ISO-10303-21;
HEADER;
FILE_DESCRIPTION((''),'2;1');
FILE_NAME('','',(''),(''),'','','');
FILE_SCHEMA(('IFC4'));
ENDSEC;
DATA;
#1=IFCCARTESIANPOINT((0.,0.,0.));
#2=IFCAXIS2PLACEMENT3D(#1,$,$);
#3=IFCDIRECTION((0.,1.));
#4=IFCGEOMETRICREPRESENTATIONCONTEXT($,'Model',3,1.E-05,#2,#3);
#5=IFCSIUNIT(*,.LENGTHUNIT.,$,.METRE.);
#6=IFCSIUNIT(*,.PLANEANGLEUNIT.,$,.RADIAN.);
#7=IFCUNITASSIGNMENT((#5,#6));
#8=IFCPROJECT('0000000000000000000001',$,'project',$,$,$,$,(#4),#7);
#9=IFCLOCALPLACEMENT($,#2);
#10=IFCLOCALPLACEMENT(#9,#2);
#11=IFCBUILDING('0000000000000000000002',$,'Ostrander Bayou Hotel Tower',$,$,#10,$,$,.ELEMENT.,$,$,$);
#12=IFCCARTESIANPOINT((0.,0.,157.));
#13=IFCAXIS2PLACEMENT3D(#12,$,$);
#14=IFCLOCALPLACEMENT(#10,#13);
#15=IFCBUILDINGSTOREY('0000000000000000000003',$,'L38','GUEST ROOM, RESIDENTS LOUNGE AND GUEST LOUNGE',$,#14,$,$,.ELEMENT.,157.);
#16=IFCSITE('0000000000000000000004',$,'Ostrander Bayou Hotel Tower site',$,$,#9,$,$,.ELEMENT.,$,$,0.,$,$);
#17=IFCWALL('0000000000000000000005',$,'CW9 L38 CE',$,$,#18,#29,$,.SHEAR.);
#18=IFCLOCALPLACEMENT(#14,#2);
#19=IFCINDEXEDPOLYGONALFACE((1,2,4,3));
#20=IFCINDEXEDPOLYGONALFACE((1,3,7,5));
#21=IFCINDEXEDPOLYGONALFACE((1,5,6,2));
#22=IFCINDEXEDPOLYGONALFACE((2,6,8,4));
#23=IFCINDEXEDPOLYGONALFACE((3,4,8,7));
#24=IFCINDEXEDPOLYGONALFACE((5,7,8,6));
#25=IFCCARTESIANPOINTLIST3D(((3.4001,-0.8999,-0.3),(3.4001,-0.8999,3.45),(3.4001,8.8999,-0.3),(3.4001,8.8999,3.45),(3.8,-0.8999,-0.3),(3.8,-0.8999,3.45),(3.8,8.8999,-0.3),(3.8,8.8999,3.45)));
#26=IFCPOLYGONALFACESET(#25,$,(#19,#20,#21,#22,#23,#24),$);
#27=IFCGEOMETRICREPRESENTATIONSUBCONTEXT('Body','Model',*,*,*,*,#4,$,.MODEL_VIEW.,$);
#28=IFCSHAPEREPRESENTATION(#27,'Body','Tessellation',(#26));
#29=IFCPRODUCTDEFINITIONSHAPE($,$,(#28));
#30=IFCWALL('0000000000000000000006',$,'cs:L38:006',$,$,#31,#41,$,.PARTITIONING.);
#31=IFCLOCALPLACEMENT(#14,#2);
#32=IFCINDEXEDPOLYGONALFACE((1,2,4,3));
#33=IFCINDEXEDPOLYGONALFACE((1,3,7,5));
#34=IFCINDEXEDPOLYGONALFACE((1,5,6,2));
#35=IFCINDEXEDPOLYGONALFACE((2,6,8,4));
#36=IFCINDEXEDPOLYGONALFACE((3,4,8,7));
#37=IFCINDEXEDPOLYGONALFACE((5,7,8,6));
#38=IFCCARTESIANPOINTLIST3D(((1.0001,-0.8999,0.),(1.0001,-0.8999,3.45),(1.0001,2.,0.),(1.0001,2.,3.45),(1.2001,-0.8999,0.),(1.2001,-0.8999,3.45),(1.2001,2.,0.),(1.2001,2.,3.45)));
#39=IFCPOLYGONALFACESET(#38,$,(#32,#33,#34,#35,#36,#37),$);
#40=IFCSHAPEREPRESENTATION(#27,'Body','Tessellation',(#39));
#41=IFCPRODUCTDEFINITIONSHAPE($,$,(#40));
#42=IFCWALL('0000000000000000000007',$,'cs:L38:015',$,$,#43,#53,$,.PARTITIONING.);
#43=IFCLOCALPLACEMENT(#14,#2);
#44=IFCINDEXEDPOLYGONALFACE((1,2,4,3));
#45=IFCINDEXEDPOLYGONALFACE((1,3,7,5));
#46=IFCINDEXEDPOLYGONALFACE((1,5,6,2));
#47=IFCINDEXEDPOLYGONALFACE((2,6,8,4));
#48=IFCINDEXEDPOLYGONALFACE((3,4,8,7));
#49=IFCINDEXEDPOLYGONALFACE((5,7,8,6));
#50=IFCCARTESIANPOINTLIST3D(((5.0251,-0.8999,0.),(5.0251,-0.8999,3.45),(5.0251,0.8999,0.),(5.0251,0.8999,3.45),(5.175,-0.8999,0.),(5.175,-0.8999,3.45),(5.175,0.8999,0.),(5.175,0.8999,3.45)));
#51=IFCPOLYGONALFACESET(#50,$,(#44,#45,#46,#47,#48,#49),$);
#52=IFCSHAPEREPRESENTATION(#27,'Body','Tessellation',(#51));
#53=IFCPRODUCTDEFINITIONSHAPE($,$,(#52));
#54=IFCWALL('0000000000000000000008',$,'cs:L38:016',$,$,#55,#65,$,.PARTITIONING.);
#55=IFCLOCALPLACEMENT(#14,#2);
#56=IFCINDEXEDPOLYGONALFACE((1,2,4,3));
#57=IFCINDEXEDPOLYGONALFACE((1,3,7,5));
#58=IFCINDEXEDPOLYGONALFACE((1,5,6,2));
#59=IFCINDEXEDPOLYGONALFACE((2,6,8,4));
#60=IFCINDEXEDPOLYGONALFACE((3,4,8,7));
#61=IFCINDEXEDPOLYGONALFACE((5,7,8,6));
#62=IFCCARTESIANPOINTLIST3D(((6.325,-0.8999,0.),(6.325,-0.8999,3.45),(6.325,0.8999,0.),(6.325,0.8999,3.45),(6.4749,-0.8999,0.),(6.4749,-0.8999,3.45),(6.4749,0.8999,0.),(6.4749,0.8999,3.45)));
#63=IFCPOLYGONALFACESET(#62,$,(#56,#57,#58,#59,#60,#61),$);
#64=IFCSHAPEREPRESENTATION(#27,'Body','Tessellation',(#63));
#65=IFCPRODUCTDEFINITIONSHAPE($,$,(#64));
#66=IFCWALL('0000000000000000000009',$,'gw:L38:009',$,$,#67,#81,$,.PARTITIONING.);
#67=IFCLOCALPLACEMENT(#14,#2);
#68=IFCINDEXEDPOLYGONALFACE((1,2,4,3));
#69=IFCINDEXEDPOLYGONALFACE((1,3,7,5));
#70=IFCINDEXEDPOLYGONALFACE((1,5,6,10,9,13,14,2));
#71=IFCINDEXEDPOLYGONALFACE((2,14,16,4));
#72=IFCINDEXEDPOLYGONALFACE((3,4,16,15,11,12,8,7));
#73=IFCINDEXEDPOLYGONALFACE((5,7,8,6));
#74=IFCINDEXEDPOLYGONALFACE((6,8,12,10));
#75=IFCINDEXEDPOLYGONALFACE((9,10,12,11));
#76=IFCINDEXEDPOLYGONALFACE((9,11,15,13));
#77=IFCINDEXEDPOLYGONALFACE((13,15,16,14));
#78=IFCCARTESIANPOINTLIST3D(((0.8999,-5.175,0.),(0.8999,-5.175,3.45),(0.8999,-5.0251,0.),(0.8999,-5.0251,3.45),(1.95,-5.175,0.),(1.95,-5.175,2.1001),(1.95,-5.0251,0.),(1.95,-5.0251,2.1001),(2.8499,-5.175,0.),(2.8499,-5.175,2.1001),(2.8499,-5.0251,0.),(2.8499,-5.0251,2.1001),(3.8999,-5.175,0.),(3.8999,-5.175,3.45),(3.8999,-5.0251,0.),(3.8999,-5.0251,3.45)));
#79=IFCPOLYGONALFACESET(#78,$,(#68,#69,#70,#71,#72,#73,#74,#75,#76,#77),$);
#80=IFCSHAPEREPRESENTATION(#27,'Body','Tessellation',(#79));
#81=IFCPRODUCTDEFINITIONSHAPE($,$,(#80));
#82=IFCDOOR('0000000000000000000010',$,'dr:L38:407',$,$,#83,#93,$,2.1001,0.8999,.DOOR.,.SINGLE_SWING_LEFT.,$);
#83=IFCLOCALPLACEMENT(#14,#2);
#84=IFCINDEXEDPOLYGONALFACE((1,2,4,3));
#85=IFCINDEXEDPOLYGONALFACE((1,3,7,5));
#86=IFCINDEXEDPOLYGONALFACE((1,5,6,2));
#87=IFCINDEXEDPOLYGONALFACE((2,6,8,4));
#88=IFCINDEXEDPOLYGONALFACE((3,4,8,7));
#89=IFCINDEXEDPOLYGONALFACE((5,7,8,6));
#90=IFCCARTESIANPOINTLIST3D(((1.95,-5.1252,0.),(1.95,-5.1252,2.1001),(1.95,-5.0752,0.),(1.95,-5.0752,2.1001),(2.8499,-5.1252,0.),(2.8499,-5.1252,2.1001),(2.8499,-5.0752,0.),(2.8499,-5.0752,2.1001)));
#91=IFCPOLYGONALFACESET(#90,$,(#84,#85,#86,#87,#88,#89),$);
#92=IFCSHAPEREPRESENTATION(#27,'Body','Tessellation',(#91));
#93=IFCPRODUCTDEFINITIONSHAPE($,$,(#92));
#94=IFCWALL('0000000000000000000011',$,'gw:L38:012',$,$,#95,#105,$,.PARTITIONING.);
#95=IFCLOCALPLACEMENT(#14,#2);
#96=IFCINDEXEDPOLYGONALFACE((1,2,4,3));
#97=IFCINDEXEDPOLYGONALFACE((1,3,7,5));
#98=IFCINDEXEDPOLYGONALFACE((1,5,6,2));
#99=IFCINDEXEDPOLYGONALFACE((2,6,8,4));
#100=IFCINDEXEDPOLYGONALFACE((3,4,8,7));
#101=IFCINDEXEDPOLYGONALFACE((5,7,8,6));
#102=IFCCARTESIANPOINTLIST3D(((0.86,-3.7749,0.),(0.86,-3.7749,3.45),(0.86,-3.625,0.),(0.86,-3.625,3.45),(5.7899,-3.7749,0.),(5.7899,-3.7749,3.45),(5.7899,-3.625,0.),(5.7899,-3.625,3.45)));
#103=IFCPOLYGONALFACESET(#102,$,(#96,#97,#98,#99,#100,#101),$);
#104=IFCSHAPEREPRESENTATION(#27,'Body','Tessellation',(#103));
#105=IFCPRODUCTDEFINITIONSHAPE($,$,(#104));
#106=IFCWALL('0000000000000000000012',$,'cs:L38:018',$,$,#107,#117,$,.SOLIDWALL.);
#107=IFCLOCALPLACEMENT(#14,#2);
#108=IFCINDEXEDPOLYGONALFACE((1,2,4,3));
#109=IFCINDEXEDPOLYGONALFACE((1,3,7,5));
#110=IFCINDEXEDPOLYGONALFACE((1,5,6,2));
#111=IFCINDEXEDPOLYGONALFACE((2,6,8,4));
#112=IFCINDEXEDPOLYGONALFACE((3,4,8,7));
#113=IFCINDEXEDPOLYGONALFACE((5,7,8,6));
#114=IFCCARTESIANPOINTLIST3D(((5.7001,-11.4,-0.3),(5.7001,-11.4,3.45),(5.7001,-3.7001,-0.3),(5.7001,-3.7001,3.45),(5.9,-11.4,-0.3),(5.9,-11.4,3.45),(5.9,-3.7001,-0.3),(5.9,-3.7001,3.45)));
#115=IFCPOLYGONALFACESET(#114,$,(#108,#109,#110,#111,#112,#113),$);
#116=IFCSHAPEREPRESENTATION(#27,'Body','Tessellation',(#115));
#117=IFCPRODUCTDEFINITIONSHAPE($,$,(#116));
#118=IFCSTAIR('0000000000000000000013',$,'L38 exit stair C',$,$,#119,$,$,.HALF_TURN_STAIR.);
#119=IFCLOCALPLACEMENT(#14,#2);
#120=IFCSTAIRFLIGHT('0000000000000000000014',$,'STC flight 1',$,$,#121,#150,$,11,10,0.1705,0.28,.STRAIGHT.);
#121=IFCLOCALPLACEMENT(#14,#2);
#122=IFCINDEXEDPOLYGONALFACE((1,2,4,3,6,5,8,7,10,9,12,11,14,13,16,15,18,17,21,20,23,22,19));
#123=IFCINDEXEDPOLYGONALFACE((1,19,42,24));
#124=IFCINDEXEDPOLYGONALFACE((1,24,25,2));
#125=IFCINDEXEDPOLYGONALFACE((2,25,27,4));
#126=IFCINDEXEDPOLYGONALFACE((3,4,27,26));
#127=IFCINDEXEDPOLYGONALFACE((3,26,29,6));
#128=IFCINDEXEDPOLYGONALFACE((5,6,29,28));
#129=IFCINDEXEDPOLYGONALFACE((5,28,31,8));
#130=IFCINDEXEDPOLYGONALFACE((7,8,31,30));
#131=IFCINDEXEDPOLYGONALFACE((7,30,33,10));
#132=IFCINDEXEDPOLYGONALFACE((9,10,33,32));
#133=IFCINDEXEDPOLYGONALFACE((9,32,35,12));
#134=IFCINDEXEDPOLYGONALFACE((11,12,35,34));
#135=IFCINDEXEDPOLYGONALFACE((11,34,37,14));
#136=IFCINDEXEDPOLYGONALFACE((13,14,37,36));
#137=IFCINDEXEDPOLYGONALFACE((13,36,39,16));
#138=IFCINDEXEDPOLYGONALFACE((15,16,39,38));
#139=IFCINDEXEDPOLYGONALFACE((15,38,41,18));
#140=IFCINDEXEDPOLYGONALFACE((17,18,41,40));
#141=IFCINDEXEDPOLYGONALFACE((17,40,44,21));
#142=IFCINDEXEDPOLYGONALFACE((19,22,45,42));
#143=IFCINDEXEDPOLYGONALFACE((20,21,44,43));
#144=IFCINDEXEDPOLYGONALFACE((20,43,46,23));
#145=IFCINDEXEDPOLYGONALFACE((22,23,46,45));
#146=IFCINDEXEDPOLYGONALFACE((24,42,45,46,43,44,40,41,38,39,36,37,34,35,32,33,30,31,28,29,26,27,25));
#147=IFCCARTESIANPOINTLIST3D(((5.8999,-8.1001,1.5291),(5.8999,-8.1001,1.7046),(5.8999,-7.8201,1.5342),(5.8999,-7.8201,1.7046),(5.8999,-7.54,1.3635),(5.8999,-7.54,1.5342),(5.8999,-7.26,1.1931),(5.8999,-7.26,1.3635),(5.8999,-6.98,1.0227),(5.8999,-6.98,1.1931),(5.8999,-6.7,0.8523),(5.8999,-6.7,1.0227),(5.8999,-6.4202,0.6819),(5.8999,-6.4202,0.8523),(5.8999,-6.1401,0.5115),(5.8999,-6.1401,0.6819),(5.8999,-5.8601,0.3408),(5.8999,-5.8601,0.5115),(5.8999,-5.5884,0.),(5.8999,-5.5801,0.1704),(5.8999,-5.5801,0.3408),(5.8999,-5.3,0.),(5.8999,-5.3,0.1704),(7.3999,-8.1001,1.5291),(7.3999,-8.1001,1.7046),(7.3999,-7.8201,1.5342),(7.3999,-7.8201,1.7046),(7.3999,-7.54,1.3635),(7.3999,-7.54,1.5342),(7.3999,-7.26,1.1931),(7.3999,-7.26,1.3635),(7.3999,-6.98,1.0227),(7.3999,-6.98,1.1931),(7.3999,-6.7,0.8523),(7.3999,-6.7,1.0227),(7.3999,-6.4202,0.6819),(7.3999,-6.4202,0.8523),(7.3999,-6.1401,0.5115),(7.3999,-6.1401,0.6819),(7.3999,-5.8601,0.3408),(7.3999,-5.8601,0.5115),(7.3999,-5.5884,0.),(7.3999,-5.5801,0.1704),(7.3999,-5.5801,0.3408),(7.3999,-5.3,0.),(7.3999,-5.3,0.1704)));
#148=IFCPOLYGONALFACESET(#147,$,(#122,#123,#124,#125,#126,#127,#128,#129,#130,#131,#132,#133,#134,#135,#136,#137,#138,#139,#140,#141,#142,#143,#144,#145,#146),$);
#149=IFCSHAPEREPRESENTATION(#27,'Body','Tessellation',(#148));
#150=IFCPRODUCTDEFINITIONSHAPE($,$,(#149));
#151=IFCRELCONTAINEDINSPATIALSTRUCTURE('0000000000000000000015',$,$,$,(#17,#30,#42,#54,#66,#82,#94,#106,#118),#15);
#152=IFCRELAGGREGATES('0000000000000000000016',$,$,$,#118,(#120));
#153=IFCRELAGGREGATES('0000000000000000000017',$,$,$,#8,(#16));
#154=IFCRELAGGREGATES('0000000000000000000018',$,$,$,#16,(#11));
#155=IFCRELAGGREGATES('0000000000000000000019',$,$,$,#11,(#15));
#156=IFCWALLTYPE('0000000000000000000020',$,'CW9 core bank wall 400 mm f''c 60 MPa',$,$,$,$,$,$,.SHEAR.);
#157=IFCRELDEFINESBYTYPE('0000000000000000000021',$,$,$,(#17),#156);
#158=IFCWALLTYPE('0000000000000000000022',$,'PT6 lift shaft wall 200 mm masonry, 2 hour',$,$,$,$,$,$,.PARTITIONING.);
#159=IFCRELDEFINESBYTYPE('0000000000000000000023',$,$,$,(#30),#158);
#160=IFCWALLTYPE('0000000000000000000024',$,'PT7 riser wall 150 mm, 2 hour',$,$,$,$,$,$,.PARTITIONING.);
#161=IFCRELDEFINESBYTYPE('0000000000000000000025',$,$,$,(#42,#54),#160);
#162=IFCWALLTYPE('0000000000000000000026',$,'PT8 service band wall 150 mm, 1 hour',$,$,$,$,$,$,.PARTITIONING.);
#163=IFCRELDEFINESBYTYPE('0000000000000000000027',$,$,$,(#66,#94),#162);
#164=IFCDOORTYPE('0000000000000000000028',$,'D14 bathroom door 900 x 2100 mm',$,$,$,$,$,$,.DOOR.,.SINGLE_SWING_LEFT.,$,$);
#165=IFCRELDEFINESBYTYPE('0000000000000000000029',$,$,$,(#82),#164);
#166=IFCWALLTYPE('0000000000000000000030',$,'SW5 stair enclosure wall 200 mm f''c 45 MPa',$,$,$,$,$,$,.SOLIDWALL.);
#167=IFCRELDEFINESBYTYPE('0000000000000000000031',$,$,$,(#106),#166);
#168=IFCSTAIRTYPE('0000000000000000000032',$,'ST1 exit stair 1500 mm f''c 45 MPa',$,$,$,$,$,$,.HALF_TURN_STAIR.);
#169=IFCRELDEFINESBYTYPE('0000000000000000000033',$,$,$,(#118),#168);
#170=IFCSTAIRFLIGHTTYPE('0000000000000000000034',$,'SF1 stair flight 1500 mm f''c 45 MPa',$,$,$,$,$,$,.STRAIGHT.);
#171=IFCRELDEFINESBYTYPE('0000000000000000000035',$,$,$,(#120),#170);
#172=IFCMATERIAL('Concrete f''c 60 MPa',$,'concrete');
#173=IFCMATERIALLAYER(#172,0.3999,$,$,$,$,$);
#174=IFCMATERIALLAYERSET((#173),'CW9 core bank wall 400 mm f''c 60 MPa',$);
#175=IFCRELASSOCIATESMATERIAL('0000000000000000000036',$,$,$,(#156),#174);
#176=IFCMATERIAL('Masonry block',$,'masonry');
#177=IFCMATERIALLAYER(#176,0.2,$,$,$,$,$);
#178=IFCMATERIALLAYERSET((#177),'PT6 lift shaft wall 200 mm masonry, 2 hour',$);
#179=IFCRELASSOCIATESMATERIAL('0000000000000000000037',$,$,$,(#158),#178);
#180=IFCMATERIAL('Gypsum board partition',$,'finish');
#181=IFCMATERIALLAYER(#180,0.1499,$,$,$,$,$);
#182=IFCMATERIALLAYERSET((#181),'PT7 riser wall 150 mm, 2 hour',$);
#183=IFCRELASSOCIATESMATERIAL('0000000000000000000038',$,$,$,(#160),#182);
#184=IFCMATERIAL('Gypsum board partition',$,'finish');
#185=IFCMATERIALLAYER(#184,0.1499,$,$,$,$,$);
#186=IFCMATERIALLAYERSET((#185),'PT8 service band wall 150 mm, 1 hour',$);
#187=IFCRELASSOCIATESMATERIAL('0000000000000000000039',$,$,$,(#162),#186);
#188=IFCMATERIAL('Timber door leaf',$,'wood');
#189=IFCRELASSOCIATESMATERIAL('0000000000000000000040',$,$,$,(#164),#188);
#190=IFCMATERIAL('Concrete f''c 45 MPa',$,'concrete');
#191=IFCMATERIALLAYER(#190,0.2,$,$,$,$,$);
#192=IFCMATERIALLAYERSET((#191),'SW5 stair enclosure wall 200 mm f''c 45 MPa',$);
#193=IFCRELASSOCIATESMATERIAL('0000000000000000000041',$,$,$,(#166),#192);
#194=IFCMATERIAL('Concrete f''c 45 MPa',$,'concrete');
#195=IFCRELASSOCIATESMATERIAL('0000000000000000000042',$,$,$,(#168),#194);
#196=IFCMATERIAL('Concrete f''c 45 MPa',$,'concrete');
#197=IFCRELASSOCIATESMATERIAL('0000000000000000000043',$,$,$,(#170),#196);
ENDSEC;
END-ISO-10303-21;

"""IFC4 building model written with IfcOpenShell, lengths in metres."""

from ifc_helpers import new_model, si_unit, direction, frame, frame_2d, origin, place, context, subcontext, project, spatial, polyline, rectangle, outline, extrude, material, layer, layer_set, type_object, element, fill, aggregate, save


model = new_model("IFC4")

# Units and contexts
model_context = context("Model", 3, precision=1e-05, world=origin(), true_north=direction((0.0, 1.0)))
body_context = subcontext(model_context, "Body", "Model", "MODEL_VIEW")
ifc_project = project(units=[si_unit("LENGTHUNIT", "METRE"), si_unit("PLANEANGLEUNIT", "RADIAN")], contexts=[model_context])

# Site, building, storey
site_placement = place(None, origin())
site = spatial("IfcSite", under=ifc_project, at=site_placement, Name="Ostrander Bayou Hotel Tower site", CompositionType="ELEMENT", RefElevation=0.0)
building_placement = place(site_placement, origin())
building = spatial("IfcBuilding", under=site, at=building_placement, Name="Ostrander Bayou Hotel Tower", CompositionType="ELEMENT")
storey_placement = place(building_placement, frame((0.0, 0.0, 157.0)))
storey = spatial("IfcBuildingStorey", under=building, at=storey_placement, Name="L38", Description="GUEST ROOM, RESIDENTS LOUNGE AND GUEST LOUNGE", CompositionType="ELEMENT", Elevation=157.0)

# Walls
ifc_material_1 = material(Name="Concrete f'c 60 MPa", Category="concrete")
ifc_layer_1 = layer(ifc_material_1, 0.3999)
ifc_layer_set_1 = layer_set([ifc_layer_1], Name="CW9 core bank wall 400 mm f'c 60 MPa")
wall_type_1 = type_object("IfcWallType", Name="CW9 core bank wall 400 mm f'c 60 MPa", PredefinedType="SHEAR", material=ifc_layer_set_1)
wall_1_placement = place(storey_placement, frame((3.6001, -0.8999, -0.3), z_axis=(0.0, 0.0, 1.0), x_axis=(0.0, 1.0, 0.0)))
element("IfcWall", 1, at=wall_1_placement, inside=storey, type_object=wall_type_1, Name="CW9 L38 CE", PredefinedType="SHEAR", context=body_context, shape_type="SweptSolid", body=[
    extrude(rectangle(XDim=9.7998, YDim=0.3999, at=frame_2d((4.8999, 0.0))), origin(), (0.0, 0.0, 1.0), 3.75),
])
ifc_material_2 = material(Name="Masonry block", Category="masonry")
ifc_layer_2 = layer(ifc_material_2, 0.2)
ifc_layer_set_2 = layer_set([ifc_layer_2], Name="PT6 lift shaft wall 200 mm masonry, 2 hour")
wall_type_2 = type_object("IfcWallType", Name="PT6 lift shaft wall 200 mm masonry, 2 hour", PredefinedType="PARTITIONING", material=ifc_layer_set_2)
wall_2_placement = place(storey_placement, frame((1.1001, -0.8999, 0.0), z_axis=(0.0, 0.0, 1.0), x_axis=(0.0, 1.0, 0.0)))
element("IfcWall", 2, at=wall_2_placement, inside=storey, type_object=wall_type_2, Name="cs:L38:006", PredefinedType="PARTITIONING", context=body_context, shape_type="SweptSolid", body=[
    extrude(rectangle(XDim=2.8999, YDim=0.2, at=frame_2d((1.45, 0.0))), origin(), (0.0, 0.0, 1.0), 3.45),
])
ifc_material_3 = material(Name="Gypsum board partition", Category="finish")
ifc_layer_3 = layer(ifc_material_3, 0.1499)
ifc_layer_set_3 = layer_set([ifc_layer_3], Name="PT7 riser wall 150 mm, 2 hour")
wall_type_3 = type_object("IfcWallType", Name="PT7 riser wall 150 mm, 2 hour", PredefinedType="PARTITIONING", material=ifc_layer_set_3)
for number, where, z_axis, x_axis, name in (
    (3, (5.1001, -0.8999, 0.0), (0.0, 0.0, 1.0), (0.0, 1.0, 0.0), "cs:L38:015"),
    (4, (6.3999, -0.8999, 0.0), (0.0, 0.0, 1.0), (0.0, 1.0, 0.0), "cs:L38:016"),
):
    element("IfcWall", number, at=place(storey_placement, frame(where, z_axis=z_axis, x_axis=x_axis)), inside=storey, type_object=wall_type_3, Name=name, PredefinedType="PARTITIONING", context=body_context, shape_type="SweptSolid", body=[
        extrude(rectangle(XDim=1.7998, YDim=0.1499, at=frame_2d((0.8999, 0.0))), origin(), (0.0, 0.0, 1.0), 3.45),
    ])

# Wall, opening, door
ifc_material_4 = material(Name="Gypsum board partition", Category="finish")
ifc_layer_4 = layer(ifc_material_4, 0.1499)
ifc_layer_set_4 = layer_set([ifc_layer_4], Name="PT8 service band wall 150 mm, 1 hour")
wall_type_4 = type_object("IfcWallType", Name="PT8 service band wall 150 mm, 1 hour", PredefinedType="PARTITIONING", material=ifc_layer_set_4)
wall_3_placement = place(storey_placement, frame((0.8999, -5.1001, 0.0), z_axis=(0.0, 0.0, 1.0), x_axis=(1.0, 0.0, 0.0)))
wall_3 = element("IfcWall", 5, at=wall_3_placement, inside=storey, type_object=wall_type_4, Name="gw:L38:009", PredefinedType="PARTITIONING", context=body_context, shape_type="SweptSolid", body=[
    extrude(rectangle(XDim=3.0, YDim=0.1499, at=frame_2d((1.5, 0.0))), origin(), (0.0, 0.0, 1.0), 3.45),
])
opening_1_placement = place(wall_3_placement, frame((1.05, 0.0, 0.0)))
opening_1 = element("IfcOpeningElement", 6, at=opening_1_placement, cuts=wall_3, PredefinedType="OPENING", context=body_context, shape_type="SweptSolid", body=[
    extrude(rectangle(XDim=0.8999, YDim=2.1001, at=frame_2d((0.45, 1.05))), frame((0.0, 0.075, 0.0), z_axis=(0.0, -1.0, 0.0), x_axis=(1.0, 0.0, 0.0)), (0.0, 0.0, 1.0), 0.1499),
])
ifc_material_5 = material(Name="Timber door leaf", Category="wood")
door_type_1 = type_object("IfcDoorType", Name="D14 bathroom door 900 x 2100 mm", OperationType="SINGLE_SWING_LEFT", PredefinedType="DOOR", material=ifc_material_5)
door_1_placement = place(opening_1_placement, origin())
door_1 = element("IfcDoor", 7, at=door_1_placement, inside=storey, type_object=door_type_1, Name="dr:L38:407", OperationType="SINGLE_SWING_LEFT", OverallHeight=2.1001, OverallWidth=0.8999, PredefinedType="DOOR", context=body_context, shape_type="SweptSolid", body=[
    extrude(rectangle(XDim=0.8999, YDim=2.1001, at=frame_2d((0.45, 1.05))), frame((0.0, 0.0249, 0.0), z_axis=(0.0, -1.0, 0.0), x_axis=(1.0, 0.0, 0.0)), (0.0, 0.0, 1.0), 0.05),
])
fill(opening_1, door_1)

# Wall
wall_4_placement = place(storey_placement, frame((0.8601, -3.7, 0.0), z_axis=(0.0, 0.0, 1.0), x_axis=(1.0, 0.0, 0.0)))
element("IfcWall", 8, at=wall_4_placement, inside=storey, type_object=wall_type_4, Name="gw:L38:012", PredefinedType="PARTITIONING", context=body_context, shape_type="SweptSolid", body=[
    extrude(rectangle(XDim=4.9299, YDim=0.1499, at=frame_2d((2.4648, 0.0))), origin(), (0.0, 0.0, 1.0), 3.45),
])

# Shared definitions
ifc_material_6 = material(Name="Concrete f'c 45 MPa", Category="concrete")
ifc_layer_5 = layer(ifc_material_6, 0.2)
ifc_layer_set_5 = layer_set([ifc_layer_5], Name="SW5 stair enclosure wall 200 mm f'c 45 MPa")
wall_type_5 = type_object("IfcWallType", Name="SW5 stair enclosure wall 200 mm f'c 45 MPa", PredefinedType="SOLIDWALL", material=ifc_layer_set_5)

# Wall
wall_5_placement = place(storey_placement, frame((5.8, -3.7, -0.3), z_axis=(0.0, 0.0, 1.0), x_axis=(0.0, -1.0, 0.0)))
element("IfcWall", 9, at=wall_5_placement, inside=storey, type_object=wall_type_5, Name="cs:L38:018", PredefinedType="SOLIDWALL", context=body_context, shape_type="SweptSolid", body=[
    extrude(rectangle(XDim=7.7, YDim=0.2, at=frame_2d((3.8501, 0.0))), origin(), (0.0, 0.0, 1.0), 3.75),
])

# Stair, stair flight
ifc_material_7 = material(Name="Concrete f'c 45 MPa", Category="concrete")
stair_type = type_object("IfcStairType", Name="ST1 exit stair 1500 mm f'c 45 MPa", PredefinedType="HALF_TURN_STAIR", material=ifc_material_7)
stair_placement = place(storey_placement, origin())
stair = element("IfcStair", 10, at=stair_placement, inside=storey, type_object=stair_type, Name="L38 exit stair C", PredefinedType="HALF_TURN_STAIR")
ifc_material_8 = material(Name="Concrete f'c 45 MPa", Category="concrete")
stair_flight_type = type_object("IfcStairFlightType", Name="SF1 stair flight 1500 mm f'c 45 MPa", PredefinedType="STRAIGHT", material=ifc_material_8)
stair_flight_placement = place(storey_placement, frame((6.6499, -5.3, 0.0), z_axis=(0.0, 0.0, 1.0), x_axis=(0.0, -1.0, 0.0)))
stair_flight = element("IfcStairFlight", 11, at=stair_flight_placement, type_object=stair_flight_type, Name="STC flight 1", NumberOfRisers=11, NumberOfTreads=10, PredefinedType="STRAIGHT", RiserHeight=0.1705, TreadLength=0.28, context=body_context, shape_type="SweptSolid", body=[
    extrude(outline(polyline([(0.0, 0.0), (0.0, 0.1704), (0.28, 0.1704), (0.28, 0.3408), (0.5601, 0.3408), (0.5601, 0.5115), (0.8401, 0.5115), (0.8401, 0.6819), (1.1201, 0.6819), (1.1201, 0.8523), (1.3999, 0.8523), (1.3999, 1.0227), (1.6799, 1.0227), (1.6799, 1.1931), (1.96, 1.1931), (1.96, 1.3635), (2.24, 1.3635), (2.24, 1.5342), (2.52, 1.5342), (2.52, 1.7046), (2.8, 1.7046), (2.8, 1.875), (2.8, 1.5291), (0.2883, 0.0), (0.0, 0.0)])), frame((0.0, 0.75, 0.0), z_axis=(0.0, -1.0, 0.0), x_axis=(1.0, 0.0, 0.0)), (0.0, 0.0, 1.0), 1.5),
])
aggregate(stair, [stair_flight])

save(model, "model.ifc")
